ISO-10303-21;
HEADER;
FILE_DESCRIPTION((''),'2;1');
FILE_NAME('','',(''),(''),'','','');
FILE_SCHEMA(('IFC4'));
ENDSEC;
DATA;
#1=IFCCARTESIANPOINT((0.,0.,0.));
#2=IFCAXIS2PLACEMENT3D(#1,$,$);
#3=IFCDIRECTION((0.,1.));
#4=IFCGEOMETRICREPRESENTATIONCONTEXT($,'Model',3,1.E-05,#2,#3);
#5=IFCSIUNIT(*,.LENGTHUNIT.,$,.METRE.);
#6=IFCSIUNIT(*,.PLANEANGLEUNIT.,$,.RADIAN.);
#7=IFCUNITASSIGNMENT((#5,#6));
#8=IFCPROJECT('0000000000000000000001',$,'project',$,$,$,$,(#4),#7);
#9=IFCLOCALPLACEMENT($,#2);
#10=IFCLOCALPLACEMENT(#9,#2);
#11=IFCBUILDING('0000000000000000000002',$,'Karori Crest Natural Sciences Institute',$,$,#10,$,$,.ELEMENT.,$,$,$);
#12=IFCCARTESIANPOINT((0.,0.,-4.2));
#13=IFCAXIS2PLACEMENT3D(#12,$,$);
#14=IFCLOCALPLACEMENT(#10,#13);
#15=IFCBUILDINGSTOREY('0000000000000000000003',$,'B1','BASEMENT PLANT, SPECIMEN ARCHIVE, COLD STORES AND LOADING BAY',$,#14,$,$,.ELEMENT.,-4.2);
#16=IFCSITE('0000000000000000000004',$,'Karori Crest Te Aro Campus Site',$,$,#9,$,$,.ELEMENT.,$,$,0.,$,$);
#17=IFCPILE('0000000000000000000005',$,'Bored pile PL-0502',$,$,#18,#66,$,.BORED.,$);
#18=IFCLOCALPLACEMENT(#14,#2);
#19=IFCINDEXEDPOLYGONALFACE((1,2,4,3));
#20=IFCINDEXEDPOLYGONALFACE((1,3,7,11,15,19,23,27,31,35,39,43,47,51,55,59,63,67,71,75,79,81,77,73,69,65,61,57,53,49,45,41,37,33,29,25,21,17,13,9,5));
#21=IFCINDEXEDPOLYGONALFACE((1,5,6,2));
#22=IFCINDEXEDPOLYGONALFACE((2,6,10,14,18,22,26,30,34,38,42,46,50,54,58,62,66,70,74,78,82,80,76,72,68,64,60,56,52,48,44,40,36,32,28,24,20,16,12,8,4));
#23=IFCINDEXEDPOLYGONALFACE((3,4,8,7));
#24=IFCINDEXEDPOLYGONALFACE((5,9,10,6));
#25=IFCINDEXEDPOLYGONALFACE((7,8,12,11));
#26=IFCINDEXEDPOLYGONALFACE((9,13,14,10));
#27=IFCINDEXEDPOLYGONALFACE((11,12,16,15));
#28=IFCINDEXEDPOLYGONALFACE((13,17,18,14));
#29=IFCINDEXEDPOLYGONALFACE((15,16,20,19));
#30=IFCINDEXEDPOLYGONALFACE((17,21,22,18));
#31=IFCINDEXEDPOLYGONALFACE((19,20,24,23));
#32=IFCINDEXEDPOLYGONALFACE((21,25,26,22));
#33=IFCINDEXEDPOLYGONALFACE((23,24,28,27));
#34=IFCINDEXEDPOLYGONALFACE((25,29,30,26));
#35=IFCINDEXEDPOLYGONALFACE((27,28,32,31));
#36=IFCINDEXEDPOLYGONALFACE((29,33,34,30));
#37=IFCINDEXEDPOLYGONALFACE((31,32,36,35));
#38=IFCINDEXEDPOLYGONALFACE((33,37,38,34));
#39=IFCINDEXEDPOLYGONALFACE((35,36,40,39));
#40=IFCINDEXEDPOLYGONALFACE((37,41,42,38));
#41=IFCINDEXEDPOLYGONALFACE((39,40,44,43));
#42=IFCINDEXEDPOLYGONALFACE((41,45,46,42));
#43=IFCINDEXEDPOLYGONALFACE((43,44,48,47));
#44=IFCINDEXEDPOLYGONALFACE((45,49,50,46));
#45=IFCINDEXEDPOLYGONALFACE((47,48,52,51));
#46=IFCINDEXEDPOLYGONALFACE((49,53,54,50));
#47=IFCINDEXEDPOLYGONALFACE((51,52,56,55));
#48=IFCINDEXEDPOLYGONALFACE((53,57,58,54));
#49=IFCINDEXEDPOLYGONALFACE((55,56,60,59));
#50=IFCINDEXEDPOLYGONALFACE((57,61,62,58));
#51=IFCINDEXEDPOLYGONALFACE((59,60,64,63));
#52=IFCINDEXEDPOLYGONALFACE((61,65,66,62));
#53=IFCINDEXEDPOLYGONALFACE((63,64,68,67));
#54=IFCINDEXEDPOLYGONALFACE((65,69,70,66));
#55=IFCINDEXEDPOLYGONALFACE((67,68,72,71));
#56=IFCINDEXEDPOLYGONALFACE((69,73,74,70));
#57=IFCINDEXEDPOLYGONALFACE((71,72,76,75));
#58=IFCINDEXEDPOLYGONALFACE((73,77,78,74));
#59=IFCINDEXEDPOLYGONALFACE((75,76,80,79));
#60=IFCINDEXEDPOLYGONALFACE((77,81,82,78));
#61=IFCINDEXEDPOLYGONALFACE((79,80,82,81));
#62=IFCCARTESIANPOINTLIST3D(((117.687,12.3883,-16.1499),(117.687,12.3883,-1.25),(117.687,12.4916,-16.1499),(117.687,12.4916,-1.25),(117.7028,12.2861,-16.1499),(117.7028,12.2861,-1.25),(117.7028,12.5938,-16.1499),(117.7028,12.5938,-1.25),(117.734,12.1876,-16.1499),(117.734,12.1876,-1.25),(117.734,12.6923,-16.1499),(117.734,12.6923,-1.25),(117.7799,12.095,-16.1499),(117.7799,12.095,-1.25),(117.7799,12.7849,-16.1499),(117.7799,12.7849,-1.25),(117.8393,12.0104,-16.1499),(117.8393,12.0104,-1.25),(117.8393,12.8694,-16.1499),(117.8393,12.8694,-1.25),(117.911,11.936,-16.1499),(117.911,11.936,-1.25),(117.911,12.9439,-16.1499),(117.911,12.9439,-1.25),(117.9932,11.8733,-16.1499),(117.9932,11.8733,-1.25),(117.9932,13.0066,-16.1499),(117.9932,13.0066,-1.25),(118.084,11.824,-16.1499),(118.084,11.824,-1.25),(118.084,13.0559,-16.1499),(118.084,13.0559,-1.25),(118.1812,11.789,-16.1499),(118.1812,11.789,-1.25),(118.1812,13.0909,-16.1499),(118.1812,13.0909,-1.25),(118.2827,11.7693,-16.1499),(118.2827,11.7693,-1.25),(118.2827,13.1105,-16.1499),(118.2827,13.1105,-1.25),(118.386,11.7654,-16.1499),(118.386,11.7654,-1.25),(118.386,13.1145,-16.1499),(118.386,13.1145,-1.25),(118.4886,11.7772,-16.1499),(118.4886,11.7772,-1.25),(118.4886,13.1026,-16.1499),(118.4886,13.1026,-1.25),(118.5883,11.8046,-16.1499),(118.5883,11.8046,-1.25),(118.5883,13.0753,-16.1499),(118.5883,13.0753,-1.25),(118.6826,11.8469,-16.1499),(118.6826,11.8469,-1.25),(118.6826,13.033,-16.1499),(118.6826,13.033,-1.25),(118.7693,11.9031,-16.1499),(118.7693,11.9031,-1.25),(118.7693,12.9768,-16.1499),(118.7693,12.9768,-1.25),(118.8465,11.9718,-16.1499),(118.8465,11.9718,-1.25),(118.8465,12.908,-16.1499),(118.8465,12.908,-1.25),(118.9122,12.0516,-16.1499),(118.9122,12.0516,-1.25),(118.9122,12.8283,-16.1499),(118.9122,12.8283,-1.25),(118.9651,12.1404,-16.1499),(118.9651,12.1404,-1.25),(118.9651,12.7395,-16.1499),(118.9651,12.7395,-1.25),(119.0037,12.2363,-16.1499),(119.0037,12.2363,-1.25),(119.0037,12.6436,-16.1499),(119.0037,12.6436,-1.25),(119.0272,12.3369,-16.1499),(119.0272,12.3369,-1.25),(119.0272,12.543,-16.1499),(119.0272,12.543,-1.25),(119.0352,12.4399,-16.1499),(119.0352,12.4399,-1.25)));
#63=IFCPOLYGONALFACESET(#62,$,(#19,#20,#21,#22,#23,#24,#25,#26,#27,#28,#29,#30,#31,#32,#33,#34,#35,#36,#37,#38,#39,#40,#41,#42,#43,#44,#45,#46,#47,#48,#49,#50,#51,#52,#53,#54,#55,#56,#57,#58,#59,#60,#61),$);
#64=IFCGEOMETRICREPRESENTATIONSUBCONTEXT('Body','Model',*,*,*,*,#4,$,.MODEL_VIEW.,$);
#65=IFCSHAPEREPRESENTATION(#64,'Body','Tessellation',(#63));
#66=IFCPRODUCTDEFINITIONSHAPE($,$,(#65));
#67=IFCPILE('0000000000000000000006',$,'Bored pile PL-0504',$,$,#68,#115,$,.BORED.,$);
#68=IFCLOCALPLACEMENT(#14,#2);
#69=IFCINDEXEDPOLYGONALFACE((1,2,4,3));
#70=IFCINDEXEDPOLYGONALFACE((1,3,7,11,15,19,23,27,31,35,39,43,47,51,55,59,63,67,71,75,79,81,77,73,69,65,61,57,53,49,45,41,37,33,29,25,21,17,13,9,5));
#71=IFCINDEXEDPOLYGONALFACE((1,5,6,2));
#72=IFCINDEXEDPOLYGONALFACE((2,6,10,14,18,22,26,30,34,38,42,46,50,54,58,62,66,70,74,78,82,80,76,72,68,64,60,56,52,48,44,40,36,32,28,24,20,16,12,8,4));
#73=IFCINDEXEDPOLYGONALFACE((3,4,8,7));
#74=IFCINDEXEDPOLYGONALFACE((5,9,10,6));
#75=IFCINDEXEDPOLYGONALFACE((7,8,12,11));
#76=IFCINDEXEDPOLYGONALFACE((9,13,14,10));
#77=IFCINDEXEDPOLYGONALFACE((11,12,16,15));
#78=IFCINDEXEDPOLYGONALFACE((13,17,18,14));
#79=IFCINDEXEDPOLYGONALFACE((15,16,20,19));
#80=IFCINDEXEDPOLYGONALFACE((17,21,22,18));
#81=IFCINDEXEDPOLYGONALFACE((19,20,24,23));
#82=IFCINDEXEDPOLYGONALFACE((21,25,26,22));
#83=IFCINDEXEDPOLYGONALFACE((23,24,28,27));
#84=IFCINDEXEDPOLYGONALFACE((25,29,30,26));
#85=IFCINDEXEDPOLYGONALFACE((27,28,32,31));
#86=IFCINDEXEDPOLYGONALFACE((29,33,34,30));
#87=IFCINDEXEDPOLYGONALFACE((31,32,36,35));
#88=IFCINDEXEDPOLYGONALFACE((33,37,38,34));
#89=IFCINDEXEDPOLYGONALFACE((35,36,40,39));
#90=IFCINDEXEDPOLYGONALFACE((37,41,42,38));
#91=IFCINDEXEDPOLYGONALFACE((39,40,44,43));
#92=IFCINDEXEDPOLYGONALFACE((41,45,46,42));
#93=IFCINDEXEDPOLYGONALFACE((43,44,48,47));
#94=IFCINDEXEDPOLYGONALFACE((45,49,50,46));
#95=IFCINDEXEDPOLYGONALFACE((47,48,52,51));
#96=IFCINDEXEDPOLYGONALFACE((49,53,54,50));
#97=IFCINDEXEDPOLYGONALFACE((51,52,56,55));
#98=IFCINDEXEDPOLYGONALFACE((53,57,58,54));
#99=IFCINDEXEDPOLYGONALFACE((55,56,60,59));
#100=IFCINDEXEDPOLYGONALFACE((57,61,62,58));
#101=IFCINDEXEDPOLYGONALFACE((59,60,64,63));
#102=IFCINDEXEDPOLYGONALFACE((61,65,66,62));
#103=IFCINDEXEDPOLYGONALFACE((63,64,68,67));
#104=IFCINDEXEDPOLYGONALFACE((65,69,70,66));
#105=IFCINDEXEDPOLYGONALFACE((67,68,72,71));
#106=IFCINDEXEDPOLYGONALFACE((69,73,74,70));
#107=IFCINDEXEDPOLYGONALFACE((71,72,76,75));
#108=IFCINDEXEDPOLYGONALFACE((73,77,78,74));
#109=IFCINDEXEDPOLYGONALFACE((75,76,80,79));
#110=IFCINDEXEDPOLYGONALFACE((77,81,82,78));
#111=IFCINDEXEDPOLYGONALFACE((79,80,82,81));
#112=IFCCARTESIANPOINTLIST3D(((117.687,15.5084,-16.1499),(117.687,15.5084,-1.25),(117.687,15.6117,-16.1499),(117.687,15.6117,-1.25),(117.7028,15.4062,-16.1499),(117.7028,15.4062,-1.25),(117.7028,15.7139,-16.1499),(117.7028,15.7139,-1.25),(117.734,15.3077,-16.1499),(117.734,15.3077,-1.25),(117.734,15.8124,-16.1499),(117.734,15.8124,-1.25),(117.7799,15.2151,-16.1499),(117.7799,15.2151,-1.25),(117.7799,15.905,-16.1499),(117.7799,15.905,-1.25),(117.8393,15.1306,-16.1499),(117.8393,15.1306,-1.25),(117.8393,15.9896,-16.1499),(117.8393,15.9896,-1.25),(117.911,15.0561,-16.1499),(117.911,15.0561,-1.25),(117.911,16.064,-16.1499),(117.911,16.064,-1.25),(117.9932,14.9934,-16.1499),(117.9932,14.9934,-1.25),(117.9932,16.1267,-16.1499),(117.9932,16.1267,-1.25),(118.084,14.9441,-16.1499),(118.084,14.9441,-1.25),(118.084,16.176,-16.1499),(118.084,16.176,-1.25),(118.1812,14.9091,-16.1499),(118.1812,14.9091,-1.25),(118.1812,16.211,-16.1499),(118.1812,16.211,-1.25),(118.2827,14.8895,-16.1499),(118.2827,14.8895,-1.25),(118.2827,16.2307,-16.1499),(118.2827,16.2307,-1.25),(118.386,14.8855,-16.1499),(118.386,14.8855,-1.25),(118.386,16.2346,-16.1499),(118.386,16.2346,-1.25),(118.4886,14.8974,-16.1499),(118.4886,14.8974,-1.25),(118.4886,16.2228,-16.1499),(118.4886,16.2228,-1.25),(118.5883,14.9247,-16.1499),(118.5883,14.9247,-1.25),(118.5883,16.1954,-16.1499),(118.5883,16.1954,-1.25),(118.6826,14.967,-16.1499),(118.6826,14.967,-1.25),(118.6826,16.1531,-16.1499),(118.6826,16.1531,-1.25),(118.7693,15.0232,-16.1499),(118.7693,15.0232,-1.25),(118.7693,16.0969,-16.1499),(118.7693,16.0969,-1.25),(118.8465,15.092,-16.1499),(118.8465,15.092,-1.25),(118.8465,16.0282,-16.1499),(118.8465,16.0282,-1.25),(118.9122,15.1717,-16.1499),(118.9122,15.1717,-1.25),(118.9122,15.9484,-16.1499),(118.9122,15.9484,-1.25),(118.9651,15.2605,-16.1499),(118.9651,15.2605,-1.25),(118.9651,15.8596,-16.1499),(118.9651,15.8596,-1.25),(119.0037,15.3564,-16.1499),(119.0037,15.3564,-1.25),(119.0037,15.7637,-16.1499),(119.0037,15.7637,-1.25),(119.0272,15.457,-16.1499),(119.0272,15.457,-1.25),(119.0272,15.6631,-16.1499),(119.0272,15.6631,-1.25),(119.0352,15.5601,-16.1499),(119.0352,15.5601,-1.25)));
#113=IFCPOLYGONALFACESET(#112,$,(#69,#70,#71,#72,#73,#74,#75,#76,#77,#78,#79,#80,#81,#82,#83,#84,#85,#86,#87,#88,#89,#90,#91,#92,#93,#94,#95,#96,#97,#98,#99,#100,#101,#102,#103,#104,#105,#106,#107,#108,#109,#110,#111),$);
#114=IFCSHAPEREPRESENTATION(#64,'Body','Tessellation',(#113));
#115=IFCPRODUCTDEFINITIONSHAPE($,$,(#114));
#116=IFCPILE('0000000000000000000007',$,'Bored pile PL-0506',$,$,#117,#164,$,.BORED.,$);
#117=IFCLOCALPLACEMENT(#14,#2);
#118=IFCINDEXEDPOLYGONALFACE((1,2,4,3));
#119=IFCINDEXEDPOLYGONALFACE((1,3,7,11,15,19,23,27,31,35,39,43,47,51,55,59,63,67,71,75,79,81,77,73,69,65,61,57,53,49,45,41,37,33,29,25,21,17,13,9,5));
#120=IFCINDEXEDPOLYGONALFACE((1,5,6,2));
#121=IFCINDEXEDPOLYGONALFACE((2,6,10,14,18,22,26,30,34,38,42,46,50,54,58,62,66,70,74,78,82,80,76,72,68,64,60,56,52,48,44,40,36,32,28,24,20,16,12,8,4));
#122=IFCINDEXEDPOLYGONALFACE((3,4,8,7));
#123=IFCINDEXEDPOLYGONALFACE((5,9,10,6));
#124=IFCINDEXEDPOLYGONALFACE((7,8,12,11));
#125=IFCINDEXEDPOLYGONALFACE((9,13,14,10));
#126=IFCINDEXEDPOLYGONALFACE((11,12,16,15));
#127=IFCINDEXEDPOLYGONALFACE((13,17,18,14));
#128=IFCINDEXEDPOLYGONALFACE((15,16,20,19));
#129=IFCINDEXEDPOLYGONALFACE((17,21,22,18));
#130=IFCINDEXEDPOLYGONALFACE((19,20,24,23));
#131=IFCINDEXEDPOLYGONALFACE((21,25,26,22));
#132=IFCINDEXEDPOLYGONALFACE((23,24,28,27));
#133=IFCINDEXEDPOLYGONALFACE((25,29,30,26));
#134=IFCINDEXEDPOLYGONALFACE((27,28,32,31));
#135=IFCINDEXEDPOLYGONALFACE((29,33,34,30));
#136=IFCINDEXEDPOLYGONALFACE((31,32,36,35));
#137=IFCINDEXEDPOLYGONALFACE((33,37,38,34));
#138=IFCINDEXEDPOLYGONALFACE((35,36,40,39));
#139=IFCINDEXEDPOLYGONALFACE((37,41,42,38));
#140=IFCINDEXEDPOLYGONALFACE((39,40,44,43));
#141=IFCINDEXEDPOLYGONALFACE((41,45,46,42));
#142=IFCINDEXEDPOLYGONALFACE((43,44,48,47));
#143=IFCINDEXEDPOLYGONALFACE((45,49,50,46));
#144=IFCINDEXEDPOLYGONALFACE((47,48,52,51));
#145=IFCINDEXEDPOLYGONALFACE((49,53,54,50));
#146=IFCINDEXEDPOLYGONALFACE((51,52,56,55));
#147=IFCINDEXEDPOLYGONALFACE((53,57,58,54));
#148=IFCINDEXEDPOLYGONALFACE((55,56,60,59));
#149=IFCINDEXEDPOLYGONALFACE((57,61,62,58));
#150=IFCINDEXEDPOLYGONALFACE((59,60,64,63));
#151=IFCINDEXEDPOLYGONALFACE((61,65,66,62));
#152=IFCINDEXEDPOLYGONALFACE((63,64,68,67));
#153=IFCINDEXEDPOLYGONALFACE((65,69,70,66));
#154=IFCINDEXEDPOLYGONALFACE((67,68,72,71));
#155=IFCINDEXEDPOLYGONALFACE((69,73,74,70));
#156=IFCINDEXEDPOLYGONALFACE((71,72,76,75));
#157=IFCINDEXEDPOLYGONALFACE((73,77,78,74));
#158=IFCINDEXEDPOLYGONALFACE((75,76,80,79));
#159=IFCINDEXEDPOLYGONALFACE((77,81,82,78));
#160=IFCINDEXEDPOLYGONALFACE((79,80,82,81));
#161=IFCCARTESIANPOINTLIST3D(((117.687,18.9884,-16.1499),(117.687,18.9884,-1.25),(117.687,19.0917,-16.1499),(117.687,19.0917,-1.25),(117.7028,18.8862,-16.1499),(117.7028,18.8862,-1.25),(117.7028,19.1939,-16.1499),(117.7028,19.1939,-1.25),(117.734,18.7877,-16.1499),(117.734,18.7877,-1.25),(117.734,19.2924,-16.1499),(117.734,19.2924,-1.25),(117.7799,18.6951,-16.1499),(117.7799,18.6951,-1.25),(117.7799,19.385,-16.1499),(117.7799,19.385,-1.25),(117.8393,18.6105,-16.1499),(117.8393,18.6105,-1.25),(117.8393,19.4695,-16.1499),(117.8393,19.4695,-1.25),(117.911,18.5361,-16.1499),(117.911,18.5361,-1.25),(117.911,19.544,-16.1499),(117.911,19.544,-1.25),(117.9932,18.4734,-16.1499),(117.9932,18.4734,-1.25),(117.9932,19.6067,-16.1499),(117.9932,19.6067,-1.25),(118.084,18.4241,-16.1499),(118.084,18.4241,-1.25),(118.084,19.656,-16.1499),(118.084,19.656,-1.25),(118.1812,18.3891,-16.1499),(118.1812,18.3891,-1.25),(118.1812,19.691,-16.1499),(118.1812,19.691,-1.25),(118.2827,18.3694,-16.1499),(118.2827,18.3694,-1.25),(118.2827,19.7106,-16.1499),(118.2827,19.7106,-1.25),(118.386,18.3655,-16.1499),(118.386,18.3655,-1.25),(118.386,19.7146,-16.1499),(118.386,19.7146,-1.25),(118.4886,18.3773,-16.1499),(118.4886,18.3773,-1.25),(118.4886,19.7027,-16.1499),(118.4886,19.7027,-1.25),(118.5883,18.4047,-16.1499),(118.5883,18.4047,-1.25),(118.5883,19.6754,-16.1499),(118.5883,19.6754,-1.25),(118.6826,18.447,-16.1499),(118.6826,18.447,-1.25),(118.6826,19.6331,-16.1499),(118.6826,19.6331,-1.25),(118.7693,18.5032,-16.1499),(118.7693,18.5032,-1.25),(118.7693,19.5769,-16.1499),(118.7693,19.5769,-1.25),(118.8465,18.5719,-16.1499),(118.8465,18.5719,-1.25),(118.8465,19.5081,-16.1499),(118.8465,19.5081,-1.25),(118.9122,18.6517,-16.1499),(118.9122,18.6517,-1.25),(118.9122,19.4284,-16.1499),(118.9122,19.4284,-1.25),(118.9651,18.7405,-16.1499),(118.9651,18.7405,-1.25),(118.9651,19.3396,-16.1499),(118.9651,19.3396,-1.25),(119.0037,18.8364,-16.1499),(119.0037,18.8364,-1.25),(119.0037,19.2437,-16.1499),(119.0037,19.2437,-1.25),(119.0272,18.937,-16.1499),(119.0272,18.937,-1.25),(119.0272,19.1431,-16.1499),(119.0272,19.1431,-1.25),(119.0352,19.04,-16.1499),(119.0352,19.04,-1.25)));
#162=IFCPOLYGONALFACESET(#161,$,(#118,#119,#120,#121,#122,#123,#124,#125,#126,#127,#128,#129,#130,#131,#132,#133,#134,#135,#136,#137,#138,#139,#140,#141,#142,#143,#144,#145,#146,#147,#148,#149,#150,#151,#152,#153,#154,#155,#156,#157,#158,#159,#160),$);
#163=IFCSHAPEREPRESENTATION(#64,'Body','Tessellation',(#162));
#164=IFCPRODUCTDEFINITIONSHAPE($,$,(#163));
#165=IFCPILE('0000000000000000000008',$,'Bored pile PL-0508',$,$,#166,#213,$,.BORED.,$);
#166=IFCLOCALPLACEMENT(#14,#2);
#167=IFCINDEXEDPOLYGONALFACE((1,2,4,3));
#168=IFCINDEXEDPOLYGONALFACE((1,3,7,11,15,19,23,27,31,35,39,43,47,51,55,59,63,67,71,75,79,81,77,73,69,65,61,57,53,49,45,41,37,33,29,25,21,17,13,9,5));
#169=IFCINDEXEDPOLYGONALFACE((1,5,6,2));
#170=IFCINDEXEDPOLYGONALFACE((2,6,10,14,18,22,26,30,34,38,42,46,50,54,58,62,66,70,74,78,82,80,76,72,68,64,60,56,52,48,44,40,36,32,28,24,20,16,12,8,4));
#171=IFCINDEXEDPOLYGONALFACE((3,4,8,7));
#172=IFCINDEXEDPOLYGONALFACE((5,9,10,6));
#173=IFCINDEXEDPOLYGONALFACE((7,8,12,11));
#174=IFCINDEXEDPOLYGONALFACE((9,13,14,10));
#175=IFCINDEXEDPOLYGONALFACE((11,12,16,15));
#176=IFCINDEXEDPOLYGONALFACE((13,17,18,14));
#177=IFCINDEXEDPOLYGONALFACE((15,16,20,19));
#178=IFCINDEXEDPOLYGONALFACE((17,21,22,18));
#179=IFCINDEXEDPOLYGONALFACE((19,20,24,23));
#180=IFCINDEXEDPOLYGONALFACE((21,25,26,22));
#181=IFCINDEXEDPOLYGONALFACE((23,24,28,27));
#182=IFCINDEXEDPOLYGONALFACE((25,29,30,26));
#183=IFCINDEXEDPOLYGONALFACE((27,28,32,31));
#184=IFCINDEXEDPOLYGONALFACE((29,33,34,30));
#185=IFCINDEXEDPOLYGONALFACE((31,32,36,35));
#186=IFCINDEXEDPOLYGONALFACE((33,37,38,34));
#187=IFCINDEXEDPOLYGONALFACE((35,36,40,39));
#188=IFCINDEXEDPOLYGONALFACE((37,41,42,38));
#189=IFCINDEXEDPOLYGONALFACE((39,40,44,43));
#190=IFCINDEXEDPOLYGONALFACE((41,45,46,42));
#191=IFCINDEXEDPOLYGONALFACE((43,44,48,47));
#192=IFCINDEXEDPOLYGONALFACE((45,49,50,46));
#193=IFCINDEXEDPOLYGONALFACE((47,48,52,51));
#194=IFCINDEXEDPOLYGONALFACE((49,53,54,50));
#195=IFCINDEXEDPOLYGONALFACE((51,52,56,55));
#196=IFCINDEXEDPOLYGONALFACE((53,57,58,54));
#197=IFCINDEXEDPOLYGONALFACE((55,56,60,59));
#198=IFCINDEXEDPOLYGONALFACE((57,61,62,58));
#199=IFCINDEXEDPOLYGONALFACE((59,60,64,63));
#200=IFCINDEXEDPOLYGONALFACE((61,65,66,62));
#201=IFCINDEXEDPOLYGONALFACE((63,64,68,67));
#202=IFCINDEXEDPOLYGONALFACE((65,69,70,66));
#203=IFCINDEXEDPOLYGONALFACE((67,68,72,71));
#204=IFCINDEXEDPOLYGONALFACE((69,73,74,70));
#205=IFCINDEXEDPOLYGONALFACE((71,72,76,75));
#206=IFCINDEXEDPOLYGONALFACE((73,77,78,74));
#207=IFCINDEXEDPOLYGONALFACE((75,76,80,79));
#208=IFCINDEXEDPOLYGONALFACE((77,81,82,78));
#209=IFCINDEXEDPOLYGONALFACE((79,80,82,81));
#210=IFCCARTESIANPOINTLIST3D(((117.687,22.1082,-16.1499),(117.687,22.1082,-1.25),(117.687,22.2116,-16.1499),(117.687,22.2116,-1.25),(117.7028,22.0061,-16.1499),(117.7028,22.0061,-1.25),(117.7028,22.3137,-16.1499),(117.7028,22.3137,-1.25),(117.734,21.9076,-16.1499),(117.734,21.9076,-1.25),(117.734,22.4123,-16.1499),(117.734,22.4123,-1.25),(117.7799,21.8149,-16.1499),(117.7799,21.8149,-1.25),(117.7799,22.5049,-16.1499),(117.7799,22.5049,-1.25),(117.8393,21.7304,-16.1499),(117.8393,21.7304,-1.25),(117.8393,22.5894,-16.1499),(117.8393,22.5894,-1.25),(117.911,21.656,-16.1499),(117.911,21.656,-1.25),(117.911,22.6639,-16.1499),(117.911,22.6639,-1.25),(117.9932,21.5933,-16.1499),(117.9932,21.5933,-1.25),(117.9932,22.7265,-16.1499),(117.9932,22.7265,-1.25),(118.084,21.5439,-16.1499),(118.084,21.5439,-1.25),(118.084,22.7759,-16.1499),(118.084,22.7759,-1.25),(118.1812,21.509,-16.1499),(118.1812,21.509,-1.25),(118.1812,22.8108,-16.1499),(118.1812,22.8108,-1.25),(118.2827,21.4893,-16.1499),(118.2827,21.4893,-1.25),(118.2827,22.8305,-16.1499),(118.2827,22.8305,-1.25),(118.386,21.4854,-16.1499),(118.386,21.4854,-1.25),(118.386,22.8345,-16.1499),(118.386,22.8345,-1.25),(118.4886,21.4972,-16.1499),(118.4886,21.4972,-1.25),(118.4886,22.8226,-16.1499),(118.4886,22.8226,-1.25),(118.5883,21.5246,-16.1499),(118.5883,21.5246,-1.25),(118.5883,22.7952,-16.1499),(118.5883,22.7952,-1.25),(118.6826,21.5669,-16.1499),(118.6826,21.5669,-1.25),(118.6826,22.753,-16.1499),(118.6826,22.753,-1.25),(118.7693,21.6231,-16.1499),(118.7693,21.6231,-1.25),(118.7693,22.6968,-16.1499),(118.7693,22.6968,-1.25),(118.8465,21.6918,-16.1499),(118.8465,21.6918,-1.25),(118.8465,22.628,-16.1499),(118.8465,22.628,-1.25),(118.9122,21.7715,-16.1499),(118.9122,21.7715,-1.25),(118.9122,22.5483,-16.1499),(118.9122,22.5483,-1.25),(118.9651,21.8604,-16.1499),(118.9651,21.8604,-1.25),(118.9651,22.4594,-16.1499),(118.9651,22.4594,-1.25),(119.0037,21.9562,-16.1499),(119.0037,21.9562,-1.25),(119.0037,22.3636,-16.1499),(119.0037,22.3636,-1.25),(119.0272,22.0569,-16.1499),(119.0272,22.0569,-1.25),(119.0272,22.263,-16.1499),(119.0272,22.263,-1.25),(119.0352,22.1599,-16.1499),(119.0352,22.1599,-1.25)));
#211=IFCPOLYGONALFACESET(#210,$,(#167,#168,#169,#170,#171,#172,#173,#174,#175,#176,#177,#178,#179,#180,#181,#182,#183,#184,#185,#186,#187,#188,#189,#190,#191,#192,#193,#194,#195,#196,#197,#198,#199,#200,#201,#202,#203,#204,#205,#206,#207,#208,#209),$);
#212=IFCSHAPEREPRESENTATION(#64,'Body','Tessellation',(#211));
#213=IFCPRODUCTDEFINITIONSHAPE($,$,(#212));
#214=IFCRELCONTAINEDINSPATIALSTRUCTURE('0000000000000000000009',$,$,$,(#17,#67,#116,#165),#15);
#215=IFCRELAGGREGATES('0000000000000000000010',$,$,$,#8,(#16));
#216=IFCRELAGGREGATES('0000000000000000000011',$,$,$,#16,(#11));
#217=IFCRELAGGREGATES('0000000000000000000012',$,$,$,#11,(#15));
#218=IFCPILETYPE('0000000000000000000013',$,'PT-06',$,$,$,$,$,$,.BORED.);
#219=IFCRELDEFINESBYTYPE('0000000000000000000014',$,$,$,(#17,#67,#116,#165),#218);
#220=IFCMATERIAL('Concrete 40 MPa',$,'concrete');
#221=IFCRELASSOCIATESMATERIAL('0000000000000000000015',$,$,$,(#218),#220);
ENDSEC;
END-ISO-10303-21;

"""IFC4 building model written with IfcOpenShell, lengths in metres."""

from ifc_helpers import new_model, si_unit, direction, frame, origin, origin_2d, place, context, subcontext, project, spatial, circle, extrude, material, material_profile, profile_set, type_object, element, save


model = new_model("IFC4")

# Units and contexts
model_context = context("Model", 3, precision=1e-05, world=origin(), true_north=direction((0.0, 1.0)))
body_context = subcontext(model_context, "Body", "Model", "MODEL_VIEW")
ifc_project = project(units=[si_unit("LENGTHUNIT", "METRE"), si_unit("PLANEANGLEUNIT", "RADIAN")], contexts=[model_context])

# Site, building, storey
site_placement = place(None, origin())
site = spatial("IfcSite", under=ifc_project, at=site_placement, Name="Karori Crest Te Aro Campus Site", CompositionType="ELEMENT", RefElevation=0.0)
building_placement = place(site_placement, origin())
building = spatial("IfcBuilding", under=site, at=building_placement, Name="Karori Crest Natural Sciences Institute", CompositionType="ELEMENT")
storey_placement = place(building_placement, frame((0.0, 0.0, -4.2)))
storey = spatial("IfcBuildingStorey", under=building, at=storey_placement, Name="B1", Description="BASEMENT PLANT, SPECIMEN ARCHIVE, COLD STORES AND LOADING BAY", CompositionType="ELEMENT", Elevation=-4.2)

# Shared definitions
ifc_material_1 = material(Name="Concrete 40 MPa", Category="concrete")

# Piles
ifc_material_profile_1 = material_profile(ifc_material_1, circle(Radius=0.675, at=origin_2d()), Name="PILE1350")
ifc_profile_set_1 = profile_set([ifc_material_profile_1], Name="Concrete 40 MPa")
pile_type_1 = type_object("IfcPileType", Name="PT-06", PredefinedType="BORED", material=ifc_profile_set_1)
for number, where, z_axis, x_axis, name in (
    (1, (118.3601, 12.4399, -1.25), (0.0, 0.0, -1.0), (1.0, 0.0, 0.0), "Bored pile PL-0502"),
    (2, (118.3601, 15.5601, -1.25), (0.0, 0.0, -1.0), (1.0, 0.0, 0.0), "Bored pile PL-0504"),
    (3, (118.3601, 19.04, -1.25), (0.0, 0.0, -1.0), (1.0, 0.0, 0.0), "Bored pile PL-0506"),
    (4, (118.3601, 22.1599, -1.25), (0.0, 0.0, -1.0), (1.0, 0.0, 0.0), "Bored pile PL-0508"),
):
    element("IfcPile", number, at=place(storey_placement, frame(where, z_axis=z_axis, x_axis=x_axis)), inside=storey, type_object=pile_type_1, Name=name, PredefinedType="BORED", context=body_context, shape_type="SweptSolid", body=[
        extrude(circle(Radius=0.675, at=origin_2d()), origin(), (0.0, 0.0, 1.0), 14.8999),
    ])

save(model, "model.ifc")
